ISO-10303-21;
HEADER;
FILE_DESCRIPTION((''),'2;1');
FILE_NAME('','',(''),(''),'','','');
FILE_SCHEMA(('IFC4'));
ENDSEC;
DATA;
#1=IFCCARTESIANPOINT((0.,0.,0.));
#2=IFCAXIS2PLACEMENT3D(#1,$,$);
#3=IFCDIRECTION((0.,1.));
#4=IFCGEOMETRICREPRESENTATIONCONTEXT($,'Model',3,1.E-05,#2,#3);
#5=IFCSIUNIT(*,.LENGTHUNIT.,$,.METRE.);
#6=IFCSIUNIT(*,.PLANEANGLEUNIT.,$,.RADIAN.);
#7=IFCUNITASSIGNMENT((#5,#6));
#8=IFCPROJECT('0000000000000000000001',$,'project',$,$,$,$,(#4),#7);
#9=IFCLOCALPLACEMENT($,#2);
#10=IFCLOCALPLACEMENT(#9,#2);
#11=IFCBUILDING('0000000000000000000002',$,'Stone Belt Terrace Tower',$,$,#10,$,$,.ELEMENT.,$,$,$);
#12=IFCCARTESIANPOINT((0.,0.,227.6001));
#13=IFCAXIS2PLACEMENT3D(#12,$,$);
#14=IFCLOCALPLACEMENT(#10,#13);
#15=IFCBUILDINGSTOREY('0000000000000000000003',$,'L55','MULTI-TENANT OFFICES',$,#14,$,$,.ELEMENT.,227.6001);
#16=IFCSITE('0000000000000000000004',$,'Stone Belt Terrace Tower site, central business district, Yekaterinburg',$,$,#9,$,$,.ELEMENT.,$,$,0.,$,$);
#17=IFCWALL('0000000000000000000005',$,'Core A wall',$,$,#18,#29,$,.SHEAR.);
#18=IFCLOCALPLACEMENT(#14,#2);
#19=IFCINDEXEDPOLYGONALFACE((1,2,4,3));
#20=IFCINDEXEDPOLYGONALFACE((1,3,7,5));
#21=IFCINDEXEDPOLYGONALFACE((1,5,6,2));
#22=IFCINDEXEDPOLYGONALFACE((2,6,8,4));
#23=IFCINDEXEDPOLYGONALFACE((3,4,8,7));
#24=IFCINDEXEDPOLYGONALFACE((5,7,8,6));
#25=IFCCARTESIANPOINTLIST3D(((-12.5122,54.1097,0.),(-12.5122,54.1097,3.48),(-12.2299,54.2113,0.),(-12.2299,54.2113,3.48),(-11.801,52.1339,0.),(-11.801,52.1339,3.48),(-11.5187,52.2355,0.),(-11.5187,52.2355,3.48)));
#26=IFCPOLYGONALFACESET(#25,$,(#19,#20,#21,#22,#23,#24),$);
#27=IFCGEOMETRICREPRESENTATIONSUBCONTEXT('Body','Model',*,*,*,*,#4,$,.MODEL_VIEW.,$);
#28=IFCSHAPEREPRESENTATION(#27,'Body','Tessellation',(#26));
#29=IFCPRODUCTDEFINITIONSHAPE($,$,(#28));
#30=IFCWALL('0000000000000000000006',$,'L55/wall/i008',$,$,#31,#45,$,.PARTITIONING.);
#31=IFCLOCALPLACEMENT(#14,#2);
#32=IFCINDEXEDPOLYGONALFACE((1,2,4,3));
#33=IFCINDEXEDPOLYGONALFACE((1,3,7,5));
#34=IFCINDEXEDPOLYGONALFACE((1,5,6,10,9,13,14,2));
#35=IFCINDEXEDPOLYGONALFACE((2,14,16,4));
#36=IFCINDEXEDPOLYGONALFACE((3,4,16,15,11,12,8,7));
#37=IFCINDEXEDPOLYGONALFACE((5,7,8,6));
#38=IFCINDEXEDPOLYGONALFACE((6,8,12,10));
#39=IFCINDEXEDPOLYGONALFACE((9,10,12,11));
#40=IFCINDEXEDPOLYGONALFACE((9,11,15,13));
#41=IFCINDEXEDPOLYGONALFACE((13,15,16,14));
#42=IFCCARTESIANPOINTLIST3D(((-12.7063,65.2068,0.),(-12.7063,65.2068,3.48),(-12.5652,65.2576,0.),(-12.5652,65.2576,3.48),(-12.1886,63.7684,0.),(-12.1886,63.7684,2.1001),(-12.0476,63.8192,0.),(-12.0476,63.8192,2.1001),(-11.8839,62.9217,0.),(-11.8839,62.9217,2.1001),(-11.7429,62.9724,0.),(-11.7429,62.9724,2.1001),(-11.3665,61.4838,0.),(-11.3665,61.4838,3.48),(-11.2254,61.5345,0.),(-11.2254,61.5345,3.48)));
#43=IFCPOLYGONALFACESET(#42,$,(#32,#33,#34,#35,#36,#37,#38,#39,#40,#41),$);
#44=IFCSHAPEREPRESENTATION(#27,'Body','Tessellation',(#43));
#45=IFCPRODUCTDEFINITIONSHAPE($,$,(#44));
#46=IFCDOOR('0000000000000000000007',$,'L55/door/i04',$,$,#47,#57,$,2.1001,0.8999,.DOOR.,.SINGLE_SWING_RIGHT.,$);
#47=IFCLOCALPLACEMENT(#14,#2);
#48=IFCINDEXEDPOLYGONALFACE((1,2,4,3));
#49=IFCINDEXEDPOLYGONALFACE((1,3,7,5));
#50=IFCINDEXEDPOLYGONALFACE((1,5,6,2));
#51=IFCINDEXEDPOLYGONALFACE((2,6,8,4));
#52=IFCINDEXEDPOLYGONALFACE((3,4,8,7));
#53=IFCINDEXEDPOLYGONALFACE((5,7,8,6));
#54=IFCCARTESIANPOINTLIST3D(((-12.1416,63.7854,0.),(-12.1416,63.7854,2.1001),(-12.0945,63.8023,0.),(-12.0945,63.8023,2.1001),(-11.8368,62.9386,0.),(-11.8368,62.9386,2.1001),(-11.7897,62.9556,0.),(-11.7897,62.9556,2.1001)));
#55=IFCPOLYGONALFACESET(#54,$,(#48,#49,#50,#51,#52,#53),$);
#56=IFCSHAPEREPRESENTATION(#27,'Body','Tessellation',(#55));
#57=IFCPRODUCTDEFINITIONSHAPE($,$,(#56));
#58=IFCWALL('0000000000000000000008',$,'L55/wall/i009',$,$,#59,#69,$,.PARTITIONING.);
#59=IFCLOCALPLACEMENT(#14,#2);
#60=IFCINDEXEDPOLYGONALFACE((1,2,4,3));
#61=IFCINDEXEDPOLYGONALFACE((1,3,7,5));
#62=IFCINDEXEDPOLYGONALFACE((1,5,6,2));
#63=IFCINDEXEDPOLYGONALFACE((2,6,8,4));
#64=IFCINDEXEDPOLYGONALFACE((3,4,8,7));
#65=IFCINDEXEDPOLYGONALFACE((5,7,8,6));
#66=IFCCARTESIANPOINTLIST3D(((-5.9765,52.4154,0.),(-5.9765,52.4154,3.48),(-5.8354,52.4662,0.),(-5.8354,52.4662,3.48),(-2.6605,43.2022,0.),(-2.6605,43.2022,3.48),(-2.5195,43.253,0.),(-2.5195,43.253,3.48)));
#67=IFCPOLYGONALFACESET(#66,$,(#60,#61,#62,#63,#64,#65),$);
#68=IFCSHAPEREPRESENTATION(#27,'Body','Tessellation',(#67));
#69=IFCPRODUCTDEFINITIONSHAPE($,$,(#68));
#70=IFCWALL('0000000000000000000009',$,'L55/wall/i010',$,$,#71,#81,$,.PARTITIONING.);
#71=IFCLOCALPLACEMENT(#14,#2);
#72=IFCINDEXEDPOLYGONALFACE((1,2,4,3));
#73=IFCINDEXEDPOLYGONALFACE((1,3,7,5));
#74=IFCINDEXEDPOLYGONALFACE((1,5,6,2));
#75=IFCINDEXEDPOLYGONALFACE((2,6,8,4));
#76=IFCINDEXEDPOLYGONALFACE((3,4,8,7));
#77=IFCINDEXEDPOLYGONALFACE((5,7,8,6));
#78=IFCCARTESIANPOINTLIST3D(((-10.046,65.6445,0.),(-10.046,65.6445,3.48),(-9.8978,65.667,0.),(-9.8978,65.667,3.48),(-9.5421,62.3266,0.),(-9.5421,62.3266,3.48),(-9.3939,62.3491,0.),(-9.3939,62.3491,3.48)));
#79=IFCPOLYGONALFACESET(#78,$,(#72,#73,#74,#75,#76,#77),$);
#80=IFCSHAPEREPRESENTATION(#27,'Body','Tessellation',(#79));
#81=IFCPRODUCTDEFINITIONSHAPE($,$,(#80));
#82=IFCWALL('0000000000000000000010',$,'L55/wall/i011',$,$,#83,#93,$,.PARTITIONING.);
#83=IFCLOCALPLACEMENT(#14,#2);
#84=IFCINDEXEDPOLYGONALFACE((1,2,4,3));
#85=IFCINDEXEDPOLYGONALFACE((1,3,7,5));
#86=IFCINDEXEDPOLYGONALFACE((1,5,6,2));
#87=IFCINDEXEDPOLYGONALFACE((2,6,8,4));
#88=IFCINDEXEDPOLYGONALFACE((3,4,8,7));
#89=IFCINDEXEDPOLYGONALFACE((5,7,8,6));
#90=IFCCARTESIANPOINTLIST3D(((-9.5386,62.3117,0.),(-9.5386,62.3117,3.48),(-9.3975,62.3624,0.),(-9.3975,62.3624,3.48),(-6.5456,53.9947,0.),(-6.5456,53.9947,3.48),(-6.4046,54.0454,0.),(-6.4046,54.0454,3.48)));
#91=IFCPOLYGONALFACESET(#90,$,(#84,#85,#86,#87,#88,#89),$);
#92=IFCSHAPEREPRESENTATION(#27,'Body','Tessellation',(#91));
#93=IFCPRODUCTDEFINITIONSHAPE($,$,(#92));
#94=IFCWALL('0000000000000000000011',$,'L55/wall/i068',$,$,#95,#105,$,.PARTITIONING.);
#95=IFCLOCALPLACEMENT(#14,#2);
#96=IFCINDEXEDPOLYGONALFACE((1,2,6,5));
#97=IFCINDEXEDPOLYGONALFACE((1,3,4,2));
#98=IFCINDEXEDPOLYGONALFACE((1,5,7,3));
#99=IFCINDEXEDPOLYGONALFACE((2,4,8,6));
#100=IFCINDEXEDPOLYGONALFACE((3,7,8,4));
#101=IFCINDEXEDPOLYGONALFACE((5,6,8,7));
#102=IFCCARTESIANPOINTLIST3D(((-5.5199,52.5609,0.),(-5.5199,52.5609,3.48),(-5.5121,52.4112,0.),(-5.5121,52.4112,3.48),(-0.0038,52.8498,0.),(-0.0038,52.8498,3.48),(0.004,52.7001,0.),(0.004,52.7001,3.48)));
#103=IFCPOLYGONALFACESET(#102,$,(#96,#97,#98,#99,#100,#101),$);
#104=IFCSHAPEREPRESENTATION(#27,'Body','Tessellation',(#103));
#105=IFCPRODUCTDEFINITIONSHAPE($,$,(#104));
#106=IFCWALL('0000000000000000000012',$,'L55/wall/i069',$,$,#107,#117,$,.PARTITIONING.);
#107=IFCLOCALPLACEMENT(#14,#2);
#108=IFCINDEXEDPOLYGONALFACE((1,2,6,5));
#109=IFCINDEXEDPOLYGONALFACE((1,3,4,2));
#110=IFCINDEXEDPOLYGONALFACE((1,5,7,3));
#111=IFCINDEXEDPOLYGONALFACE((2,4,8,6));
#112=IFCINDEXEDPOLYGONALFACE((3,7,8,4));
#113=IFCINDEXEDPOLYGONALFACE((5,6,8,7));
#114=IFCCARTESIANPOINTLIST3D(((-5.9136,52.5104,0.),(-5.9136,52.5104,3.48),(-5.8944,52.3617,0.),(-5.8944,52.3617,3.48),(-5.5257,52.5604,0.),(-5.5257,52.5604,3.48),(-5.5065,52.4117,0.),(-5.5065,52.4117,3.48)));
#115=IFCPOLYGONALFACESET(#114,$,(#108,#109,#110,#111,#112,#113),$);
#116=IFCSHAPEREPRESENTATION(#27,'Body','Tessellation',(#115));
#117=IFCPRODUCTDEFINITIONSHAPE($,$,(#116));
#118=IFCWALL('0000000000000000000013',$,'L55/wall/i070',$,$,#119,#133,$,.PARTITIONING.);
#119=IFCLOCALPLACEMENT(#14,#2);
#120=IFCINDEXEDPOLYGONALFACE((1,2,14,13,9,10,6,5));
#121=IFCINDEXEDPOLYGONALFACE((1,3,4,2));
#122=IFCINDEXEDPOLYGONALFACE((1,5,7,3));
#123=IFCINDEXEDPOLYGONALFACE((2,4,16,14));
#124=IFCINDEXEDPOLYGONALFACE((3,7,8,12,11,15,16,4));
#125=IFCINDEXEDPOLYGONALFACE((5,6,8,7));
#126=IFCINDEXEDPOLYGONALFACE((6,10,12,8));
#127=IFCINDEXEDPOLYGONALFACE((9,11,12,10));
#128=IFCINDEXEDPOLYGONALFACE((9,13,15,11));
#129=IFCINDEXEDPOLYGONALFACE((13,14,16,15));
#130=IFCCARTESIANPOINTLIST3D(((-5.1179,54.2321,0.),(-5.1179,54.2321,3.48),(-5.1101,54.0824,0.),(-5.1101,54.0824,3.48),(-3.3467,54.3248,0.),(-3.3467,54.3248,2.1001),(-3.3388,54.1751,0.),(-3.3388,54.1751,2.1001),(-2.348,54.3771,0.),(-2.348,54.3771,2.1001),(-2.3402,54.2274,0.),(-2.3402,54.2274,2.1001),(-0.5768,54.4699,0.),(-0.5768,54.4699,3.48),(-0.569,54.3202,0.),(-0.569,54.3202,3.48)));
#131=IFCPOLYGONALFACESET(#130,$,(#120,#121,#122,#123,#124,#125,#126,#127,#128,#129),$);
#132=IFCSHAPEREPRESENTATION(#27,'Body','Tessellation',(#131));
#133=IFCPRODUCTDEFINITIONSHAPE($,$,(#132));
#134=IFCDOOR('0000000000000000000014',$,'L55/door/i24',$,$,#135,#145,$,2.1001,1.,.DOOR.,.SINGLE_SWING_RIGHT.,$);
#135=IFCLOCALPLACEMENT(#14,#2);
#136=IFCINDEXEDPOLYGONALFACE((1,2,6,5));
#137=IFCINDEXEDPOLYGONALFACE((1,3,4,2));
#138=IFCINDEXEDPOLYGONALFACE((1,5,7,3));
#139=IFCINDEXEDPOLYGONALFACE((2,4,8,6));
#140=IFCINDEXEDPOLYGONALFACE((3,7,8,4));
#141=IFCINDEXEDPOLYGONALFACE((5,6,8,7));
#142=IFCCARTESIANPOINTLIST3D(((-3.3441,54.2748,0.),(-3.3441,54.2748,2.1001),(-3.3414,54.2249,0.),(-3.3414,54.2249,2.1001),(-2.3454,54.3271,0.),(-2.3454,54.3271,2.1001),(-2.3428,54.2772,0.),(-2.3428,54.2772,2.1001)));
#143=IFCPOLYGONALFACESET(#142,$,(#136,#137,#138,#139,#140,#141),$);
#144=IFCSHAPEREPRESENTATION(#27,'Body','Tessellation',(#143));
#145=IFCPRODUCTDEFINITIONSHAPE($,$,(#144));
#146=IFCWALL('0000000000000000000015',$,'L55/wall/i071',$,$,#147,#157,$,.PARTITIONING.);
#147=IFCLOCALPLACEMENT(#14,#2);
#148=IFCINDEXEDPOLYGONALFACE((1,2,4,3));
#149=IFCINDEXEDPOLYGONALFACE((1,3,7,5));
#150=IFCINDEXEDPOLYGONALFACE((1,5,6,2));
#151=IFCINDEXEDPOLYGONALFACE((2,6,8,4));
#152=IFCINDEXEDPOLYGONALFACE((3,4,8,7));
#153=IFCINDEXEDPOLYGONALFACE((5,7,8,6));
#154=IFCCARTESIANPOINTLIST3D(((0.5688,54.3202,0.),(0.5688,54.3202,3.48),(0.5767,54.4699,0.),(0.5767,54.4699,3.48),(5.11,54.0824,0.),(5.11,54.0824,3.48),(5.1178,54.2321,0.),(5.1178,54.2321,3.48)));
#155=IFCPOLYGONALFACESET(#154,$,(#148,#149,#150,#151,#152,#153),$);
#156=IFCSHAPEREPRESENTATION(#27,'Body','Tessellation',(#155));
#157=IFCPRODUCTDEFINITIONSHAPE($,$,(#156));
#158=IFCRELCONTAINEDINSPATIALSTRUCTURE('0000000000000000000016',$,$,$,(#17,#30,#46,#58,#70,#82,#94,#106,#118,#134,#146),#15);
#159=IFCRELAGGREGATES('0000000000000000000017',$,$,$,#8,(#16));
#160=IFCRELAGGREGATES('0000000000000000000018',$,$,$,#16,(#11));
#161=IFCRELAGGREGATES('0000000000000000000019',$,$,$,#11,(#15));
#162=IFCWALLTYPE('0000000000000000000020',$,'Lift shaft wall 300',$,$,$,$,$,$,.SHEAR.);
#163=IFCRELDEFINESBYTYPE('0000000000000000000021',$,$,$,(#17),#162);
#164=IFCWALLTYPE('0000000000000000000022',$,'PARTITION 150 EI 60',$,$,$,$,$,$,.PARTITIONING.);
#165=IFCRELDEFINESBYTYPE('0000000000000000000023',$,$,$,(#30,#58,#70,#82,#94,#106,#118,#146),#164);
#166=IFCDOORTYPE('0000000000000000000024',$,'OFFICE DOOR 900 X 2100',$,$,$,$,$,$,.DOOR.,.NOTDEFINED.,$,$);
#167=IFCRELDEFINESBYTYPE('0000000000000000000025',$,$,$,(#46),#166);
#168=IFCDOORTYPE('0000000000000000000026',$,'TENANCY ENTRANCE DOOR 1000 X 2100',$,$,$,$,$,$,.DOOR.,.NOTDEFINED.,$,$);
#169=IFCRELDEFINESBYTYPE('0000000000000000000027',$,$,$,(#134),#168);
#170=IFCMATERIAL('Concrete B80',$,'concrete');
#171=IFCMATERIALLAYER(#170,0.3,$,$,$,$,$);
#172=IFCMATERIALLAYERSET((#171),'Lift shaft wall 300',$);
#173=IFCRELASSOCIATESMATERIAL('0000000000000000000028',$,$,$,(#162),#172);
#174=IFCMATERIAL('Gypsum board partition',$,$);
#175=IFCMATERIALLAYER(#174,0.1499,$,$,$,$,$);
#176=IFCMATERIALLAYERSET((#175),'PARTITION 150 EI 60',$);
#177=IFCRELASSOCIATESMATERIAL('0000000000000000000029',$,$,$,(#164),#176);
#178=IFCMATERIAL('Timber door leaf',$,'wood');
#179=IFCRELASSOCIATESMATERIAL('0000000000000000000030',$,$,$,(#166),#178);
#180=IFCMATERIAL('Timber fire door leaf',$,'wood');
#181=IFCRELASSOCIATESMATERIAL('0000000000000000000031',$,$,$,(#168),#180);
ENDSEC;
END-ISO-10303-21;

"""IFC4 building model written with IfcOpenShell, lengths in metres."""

from ifc_helpers import new_model, si_unit, direction, frame, frame_2d, origin, place, context, subcontext, project, spatial, rectangle, extrude, material, layer, layer_set, type_object, element, fill, save


model = new_model("IFC4")

# Units and contexts
model_context = context("Model", 3, precision=1e-05, world=origin(), true_north=direction((0.0, 1.0)))
body_context = subcontext(model_context, "Body", "Model", "MODEL_VIEW")
ifc_project = project(units=[si_unit("LENGTHUNIT", "METRE"), si_unit("PLANEANGLEUNIT", "RADIAN")], contexts=[model_context])

# Site, building, storey
site_placement = place(None, origin())
site = spatial("IfcSite", under=ifc_project, at=site_placement, Name="Stone Belt Terrace Tower site, central business district, Yekaterinburg", CompositionType="ELEMENT", RefElevation=0.0)
building_placement = place(site_placement, origin())
building = spatial("IfcBuilding", under=site, at=building_placement, Name="Stone Belt Terrace Tower", CompositionType="ELEMENT")
storey_placement = place(building_placement, frame((0.0, 0.0, 227.6001)))
storey = spatial("IfcBuildingStorey", under=building, at=storey_placement, Name="L55", Description="MULTI-TENANT OFFICES", CompositionType="ELEMENT", Elevation=227.6001)

# Shared definitions
ifc_material_1 = material(Name="Timber door leaf", Category="wood")

# Wall
ifc_material_2 = material(Name="Concrete B80", Category="concrete")
ifc_layer_1 = layer(ifc_material_2, 0.3)
ifc_layer_set_1 = layer_set([ifc_layer_1], Name="Lift shaft wall 300")
wall_type_1 = type_object("IfcWallType", Name="Lift shaft wall 300", PredefinedType="SHEAR", material=ifc_layer_set_1)
wall_1_placement = place(storey_placement, frame((-11.6599, 52.1848, 0.0), z_axis=(0.0, 0.0, 1.0), x_axis=(-0.33867, 0.940905, 0.0)))
element("IfcWall", 1, at=wall_1_placement, inside=storey, type_object=wall_type_1, Name="Core A wall", PredefinedType="SHEAR", context=body_context, shape_type="SweptSolid", body=[
    extrude(rectangle(XDim=2.0999, YDim=0.3, at=frame_2d((1.0498, 0.0))), origin(), (0.0, 0.0, 1.0), 3.48),
])

# Wall, opening, door
ifc_material_3 = material(Name="Gypsum board partition")
ifc_layer_2 = layer(ifc_material_3, 0.1499)
ifc_layer_set_2 = layer_set([ifc_layer_2], Name="PARTITION 150 EI 60")
wall_type_2 = type_object("IfcWallType", Name="PARTITION 150 EI 60", PredefinedType="PARTITIONING", material=ifc_layer_set_2)
wall_2_placement = place(storey_placement, frame((-11.2959, 61.509, 0.0), z_axis=(0.0, 0.0, 1.0), x_axis=(-0.33861, 0.940927, 0.0)))
wall_2 = element("IfcWall", 2, at=wall_2_placement, inside=storey, type_object=wall_type_2, Name="L55/wall/i008", PredefinedType="PARTITIONING", context=body_context, shape_type="SweptSolid", body=[
    extrude(rectangle(XDim=3.9568, YDim=0.1499, at=frame_2d((1.9785, 0.0))), origin(), (0.0, 0.0, 1.0), 3.48),
])
opening_1_placement = place(wall_2_placement, frame((1.5283, 0.0, 0.0)))
opening_1 = element("IfcOpeningElement", 3, at=opening_1_placement, cuts=wall_2, PredefinedType="OPENING", context=body_context, shape_type="SweptSolid", body=[
    extrude(rectangle(XDim=0.8999, YDim=2.1001, at=frame_2d((0.45, 1.05))), frame((0.0, 0.085, 0.0), z_axis=(0.0, -1.0, 0.0), x_axis=(1.0, 0.0, 0.0)), (0.0, 0.0, 1.0), 0.1699),
])
door_type_1 = type_object("IfcDoorType", Name="OFFICE DOOR 900 X 2100", OperationType="NOTDEFINED", PredefinedType="DOOR", material=ifc_material_1)
door_1_placement = place(opening_1_placement, origin())
door_1 = element("IfcDoor", 4, at=door_1_placement, inside=storey, type_object=door_type_1, Name="L55/door/i04", OperationType="SINGLE_SWING_RIGHT", OverallHeight=2.1001, OverallWidth=0.8999, PredefinedType="DOOR", context=body_context, shape_type="SweptSolid", body=[
    extrude(rectangle(XDim=0.8999, YDim=2.1001, at=frame_2d((0.45, 1.05))), frame((0.0, 0.0249, 0.0), z_axis=(0.0, -1.0, 0.0), x_axis=(1.0, 0.0, 0.0)), (0.0, 0.0, 1.0), 0.05),
])
fill(opening_1, door_1)

# Walls
wall_3_placement = place(storey_placement, frame((-5.906, 52.4409, 0.0), z_axis=(0.0, 0.0, 1.0), x_axis=(0.338646, -0.940914, 0.0)))
element("IfcWall", 5, at=wall_3_placement, inside=storey, type_object=wall_type_2, Name="L55/wall/i009", PredefinedType="PARTITIONING", context=body_context, shape_type="SweptSolid", body=[
    extrude(rectangle(XDim=9.7917, YDim=0.1499, at=frame_2d((4.896, 0.0))), origin(), (0.0, 0.0, 1.0), 3.48),
])
wall_4_placement = place(storey_placement, frame((-9.9719, 65.6558, 0.0), z_axis=(0.0, 0.0, 1.0), x_axis=(0.150154, -0.988663, 0.0)))
element("IfcWall", 6, at=wall_4_placement, inside=storey, type_object=wall_type_2, Name="L55/wall/i010", PredefinedType="PARTITIONING", context=body_context, shape_type="SweptSolid", body=[
    extrude(rectangle(XDim=3.356, YDim=0.1499, at=frame_2d((1.678, 0.0))), origin(), (0.0, 0.0, 1.0), 3.48),
])
wall_5_placement = place(storey_placement, frame((-9.468, 62.3369, 0.0), z_axis=(0.0, 0.0, 1.0), x_axis=(0.338603, -0.940929, 0.0)))
element("IfcWall", 7, at=wall_5_placement, inside=storey, type_object=wall_type_2, Name="L55/wall/i011", PredefinedType="PARTITIONING", context=body_context, shape_type="SweptSolid", body=[
    extrude(rectangle(XDim=8.8391, YDim=0.1499, at=frame_2d((4.4194, 0.0))), origin(), (0.0, 0.0, 1.0), 3.48),
])
wall_6_placement = place(storey_placement, frame((0.0, 52.7749, 0.0), z_axis=(0.0, 0.0, 1.0), x_axis=(-0.998632, -0.052287, 0.0)))
element("IfcWall", 8, at=wall_6_placement, inside=storey, type_object=wall_type_2, Name="L55/wall/i068", PredefinedType="PARTITIONING", context=body_context, shape_type="SweptSolid", body=[
    extrude(rectangle(XDim=5.5237, YDim=0.1499, at=frame_2d((2.7617, 0.0))), origin(), (0.0, 0.0, 1.0), 3.48),
])
wall_7_placement = place(storey_placement, frame((-5.5161, 52.4861, 0.0), z_axis=(0.0, 0.0, 1.0), x_axis=(-0.99178, -0.127952, 0.0)))
element("IfcWall", 9, at=wall_7_placement, inside=storey, type_object=wall_type_2, Name="L55/wall/i069", PredefinedType="PARTITIONING", context=body_context, shape_type="SweptSolid", body=[
    extrude(rectangle(XDim=0.3911, YDim=0.1499, at=frame_2d((0.1956, 0.0))), origin(), (0.0, 0.0, 1.0), 3.48),
])

# Wall, opening, door
wall_8_placement = place(storey_placement, frame((-5.114, 54.1572, 0.0), z_axis=(0.0, 0.0, 1.0), x_axis=(0.998632, 0.052291, 0.0)))
wall_8 = element("IfcWall", 10, at=wall_8_placement, inside=storey, type_object=wall_type_2, Name="L55/wall/i070", PredefinedType="PARTITIONING", context=body_context, shape_type="SweptSolid", body=[
    extrude(rectangle(XDim=4.5474, YDim=0.1499, at=frame_2d((2.2737, 0.0))), origin(), (0.0, 0.0, 1.0), 3.48),
])
opening_2_placement = place(wall_8_placement, frame((1.7737, 0.0, 0.0)))
opening_2 = element("IfcOpeningElement", 11, at=opening_2_placement, cuts=wall_8, PredefinedType="OPENING", context=body_context, shape_type="SweptSolid", body=[
    extrude(rectangle(XDim=1.0, YDim=2.1001, at=frame_2d((0.5, 1.05))), frame((0.0, 0.085, 0.0), z_axis=(0.0, -1.0, 0.0), x_axis=(1.0, 0.0, 0.0)), (0.0, 0.0, 1.0), 0.1699),
])
ifc_material_4 = material(Name="Timber fire door leaf", Category="wood")
door_type_2 = type_object("IfcDoorType", Name="TENANCY ENTRANCE DOOR 1000 X 2100", OperationType="NOTDEFINED", PredefinedType="DOOR", material=ifc_material_4)
door_2_placement = place(opening_2_placement, origin())
door_2 = element("IfcDoor", 12, at=door_2_placement, inside=storey, type_object=door_type_2, Name="L55/door/i24", OperationType="SINGLE_SWING_RIGHT", OverallHeight=2.1001, OverallWidth=1.0, PredefinedType="DOOR", context=body_context, shape_type="SweptSolid", body=[
    extrude(rectangle(XDim=1.0, YDim=2.1001, at=frame_2d((0.5, 1.05))), frame((0.0, 0.0249, 0.0), z_axis=(0.0, -1.0, 0.0), x_axis=(1.0, 0.0, 0.0)), (0.0, 0.0, 1.0), 0.05),
])
fill(opening_2, door_2)

# Wall
wall_9_placement = place(storey_placement, frame((0.5728, 54.395, 0.0), z_axis=(0.0, 0.0, 1.0), x_axis=(0.998632, -0.052291, 0.0)))
element("IfcWall", 13, at=wall_9_placement, inside=storey, type_object=wall_type_2, Name="L55/wall/i071", PredefinedType="PARTITIONING", context=body_context, shape_type="SweptSolid", body=[
    extrude(rectangle(XDim=4.5474, YDim=0.1499, at=frame_2d((2.2737, 0.0))), origin(), (0.0, 0.0, 1.0), 3.48),
])

save(model, "model.ifc")
